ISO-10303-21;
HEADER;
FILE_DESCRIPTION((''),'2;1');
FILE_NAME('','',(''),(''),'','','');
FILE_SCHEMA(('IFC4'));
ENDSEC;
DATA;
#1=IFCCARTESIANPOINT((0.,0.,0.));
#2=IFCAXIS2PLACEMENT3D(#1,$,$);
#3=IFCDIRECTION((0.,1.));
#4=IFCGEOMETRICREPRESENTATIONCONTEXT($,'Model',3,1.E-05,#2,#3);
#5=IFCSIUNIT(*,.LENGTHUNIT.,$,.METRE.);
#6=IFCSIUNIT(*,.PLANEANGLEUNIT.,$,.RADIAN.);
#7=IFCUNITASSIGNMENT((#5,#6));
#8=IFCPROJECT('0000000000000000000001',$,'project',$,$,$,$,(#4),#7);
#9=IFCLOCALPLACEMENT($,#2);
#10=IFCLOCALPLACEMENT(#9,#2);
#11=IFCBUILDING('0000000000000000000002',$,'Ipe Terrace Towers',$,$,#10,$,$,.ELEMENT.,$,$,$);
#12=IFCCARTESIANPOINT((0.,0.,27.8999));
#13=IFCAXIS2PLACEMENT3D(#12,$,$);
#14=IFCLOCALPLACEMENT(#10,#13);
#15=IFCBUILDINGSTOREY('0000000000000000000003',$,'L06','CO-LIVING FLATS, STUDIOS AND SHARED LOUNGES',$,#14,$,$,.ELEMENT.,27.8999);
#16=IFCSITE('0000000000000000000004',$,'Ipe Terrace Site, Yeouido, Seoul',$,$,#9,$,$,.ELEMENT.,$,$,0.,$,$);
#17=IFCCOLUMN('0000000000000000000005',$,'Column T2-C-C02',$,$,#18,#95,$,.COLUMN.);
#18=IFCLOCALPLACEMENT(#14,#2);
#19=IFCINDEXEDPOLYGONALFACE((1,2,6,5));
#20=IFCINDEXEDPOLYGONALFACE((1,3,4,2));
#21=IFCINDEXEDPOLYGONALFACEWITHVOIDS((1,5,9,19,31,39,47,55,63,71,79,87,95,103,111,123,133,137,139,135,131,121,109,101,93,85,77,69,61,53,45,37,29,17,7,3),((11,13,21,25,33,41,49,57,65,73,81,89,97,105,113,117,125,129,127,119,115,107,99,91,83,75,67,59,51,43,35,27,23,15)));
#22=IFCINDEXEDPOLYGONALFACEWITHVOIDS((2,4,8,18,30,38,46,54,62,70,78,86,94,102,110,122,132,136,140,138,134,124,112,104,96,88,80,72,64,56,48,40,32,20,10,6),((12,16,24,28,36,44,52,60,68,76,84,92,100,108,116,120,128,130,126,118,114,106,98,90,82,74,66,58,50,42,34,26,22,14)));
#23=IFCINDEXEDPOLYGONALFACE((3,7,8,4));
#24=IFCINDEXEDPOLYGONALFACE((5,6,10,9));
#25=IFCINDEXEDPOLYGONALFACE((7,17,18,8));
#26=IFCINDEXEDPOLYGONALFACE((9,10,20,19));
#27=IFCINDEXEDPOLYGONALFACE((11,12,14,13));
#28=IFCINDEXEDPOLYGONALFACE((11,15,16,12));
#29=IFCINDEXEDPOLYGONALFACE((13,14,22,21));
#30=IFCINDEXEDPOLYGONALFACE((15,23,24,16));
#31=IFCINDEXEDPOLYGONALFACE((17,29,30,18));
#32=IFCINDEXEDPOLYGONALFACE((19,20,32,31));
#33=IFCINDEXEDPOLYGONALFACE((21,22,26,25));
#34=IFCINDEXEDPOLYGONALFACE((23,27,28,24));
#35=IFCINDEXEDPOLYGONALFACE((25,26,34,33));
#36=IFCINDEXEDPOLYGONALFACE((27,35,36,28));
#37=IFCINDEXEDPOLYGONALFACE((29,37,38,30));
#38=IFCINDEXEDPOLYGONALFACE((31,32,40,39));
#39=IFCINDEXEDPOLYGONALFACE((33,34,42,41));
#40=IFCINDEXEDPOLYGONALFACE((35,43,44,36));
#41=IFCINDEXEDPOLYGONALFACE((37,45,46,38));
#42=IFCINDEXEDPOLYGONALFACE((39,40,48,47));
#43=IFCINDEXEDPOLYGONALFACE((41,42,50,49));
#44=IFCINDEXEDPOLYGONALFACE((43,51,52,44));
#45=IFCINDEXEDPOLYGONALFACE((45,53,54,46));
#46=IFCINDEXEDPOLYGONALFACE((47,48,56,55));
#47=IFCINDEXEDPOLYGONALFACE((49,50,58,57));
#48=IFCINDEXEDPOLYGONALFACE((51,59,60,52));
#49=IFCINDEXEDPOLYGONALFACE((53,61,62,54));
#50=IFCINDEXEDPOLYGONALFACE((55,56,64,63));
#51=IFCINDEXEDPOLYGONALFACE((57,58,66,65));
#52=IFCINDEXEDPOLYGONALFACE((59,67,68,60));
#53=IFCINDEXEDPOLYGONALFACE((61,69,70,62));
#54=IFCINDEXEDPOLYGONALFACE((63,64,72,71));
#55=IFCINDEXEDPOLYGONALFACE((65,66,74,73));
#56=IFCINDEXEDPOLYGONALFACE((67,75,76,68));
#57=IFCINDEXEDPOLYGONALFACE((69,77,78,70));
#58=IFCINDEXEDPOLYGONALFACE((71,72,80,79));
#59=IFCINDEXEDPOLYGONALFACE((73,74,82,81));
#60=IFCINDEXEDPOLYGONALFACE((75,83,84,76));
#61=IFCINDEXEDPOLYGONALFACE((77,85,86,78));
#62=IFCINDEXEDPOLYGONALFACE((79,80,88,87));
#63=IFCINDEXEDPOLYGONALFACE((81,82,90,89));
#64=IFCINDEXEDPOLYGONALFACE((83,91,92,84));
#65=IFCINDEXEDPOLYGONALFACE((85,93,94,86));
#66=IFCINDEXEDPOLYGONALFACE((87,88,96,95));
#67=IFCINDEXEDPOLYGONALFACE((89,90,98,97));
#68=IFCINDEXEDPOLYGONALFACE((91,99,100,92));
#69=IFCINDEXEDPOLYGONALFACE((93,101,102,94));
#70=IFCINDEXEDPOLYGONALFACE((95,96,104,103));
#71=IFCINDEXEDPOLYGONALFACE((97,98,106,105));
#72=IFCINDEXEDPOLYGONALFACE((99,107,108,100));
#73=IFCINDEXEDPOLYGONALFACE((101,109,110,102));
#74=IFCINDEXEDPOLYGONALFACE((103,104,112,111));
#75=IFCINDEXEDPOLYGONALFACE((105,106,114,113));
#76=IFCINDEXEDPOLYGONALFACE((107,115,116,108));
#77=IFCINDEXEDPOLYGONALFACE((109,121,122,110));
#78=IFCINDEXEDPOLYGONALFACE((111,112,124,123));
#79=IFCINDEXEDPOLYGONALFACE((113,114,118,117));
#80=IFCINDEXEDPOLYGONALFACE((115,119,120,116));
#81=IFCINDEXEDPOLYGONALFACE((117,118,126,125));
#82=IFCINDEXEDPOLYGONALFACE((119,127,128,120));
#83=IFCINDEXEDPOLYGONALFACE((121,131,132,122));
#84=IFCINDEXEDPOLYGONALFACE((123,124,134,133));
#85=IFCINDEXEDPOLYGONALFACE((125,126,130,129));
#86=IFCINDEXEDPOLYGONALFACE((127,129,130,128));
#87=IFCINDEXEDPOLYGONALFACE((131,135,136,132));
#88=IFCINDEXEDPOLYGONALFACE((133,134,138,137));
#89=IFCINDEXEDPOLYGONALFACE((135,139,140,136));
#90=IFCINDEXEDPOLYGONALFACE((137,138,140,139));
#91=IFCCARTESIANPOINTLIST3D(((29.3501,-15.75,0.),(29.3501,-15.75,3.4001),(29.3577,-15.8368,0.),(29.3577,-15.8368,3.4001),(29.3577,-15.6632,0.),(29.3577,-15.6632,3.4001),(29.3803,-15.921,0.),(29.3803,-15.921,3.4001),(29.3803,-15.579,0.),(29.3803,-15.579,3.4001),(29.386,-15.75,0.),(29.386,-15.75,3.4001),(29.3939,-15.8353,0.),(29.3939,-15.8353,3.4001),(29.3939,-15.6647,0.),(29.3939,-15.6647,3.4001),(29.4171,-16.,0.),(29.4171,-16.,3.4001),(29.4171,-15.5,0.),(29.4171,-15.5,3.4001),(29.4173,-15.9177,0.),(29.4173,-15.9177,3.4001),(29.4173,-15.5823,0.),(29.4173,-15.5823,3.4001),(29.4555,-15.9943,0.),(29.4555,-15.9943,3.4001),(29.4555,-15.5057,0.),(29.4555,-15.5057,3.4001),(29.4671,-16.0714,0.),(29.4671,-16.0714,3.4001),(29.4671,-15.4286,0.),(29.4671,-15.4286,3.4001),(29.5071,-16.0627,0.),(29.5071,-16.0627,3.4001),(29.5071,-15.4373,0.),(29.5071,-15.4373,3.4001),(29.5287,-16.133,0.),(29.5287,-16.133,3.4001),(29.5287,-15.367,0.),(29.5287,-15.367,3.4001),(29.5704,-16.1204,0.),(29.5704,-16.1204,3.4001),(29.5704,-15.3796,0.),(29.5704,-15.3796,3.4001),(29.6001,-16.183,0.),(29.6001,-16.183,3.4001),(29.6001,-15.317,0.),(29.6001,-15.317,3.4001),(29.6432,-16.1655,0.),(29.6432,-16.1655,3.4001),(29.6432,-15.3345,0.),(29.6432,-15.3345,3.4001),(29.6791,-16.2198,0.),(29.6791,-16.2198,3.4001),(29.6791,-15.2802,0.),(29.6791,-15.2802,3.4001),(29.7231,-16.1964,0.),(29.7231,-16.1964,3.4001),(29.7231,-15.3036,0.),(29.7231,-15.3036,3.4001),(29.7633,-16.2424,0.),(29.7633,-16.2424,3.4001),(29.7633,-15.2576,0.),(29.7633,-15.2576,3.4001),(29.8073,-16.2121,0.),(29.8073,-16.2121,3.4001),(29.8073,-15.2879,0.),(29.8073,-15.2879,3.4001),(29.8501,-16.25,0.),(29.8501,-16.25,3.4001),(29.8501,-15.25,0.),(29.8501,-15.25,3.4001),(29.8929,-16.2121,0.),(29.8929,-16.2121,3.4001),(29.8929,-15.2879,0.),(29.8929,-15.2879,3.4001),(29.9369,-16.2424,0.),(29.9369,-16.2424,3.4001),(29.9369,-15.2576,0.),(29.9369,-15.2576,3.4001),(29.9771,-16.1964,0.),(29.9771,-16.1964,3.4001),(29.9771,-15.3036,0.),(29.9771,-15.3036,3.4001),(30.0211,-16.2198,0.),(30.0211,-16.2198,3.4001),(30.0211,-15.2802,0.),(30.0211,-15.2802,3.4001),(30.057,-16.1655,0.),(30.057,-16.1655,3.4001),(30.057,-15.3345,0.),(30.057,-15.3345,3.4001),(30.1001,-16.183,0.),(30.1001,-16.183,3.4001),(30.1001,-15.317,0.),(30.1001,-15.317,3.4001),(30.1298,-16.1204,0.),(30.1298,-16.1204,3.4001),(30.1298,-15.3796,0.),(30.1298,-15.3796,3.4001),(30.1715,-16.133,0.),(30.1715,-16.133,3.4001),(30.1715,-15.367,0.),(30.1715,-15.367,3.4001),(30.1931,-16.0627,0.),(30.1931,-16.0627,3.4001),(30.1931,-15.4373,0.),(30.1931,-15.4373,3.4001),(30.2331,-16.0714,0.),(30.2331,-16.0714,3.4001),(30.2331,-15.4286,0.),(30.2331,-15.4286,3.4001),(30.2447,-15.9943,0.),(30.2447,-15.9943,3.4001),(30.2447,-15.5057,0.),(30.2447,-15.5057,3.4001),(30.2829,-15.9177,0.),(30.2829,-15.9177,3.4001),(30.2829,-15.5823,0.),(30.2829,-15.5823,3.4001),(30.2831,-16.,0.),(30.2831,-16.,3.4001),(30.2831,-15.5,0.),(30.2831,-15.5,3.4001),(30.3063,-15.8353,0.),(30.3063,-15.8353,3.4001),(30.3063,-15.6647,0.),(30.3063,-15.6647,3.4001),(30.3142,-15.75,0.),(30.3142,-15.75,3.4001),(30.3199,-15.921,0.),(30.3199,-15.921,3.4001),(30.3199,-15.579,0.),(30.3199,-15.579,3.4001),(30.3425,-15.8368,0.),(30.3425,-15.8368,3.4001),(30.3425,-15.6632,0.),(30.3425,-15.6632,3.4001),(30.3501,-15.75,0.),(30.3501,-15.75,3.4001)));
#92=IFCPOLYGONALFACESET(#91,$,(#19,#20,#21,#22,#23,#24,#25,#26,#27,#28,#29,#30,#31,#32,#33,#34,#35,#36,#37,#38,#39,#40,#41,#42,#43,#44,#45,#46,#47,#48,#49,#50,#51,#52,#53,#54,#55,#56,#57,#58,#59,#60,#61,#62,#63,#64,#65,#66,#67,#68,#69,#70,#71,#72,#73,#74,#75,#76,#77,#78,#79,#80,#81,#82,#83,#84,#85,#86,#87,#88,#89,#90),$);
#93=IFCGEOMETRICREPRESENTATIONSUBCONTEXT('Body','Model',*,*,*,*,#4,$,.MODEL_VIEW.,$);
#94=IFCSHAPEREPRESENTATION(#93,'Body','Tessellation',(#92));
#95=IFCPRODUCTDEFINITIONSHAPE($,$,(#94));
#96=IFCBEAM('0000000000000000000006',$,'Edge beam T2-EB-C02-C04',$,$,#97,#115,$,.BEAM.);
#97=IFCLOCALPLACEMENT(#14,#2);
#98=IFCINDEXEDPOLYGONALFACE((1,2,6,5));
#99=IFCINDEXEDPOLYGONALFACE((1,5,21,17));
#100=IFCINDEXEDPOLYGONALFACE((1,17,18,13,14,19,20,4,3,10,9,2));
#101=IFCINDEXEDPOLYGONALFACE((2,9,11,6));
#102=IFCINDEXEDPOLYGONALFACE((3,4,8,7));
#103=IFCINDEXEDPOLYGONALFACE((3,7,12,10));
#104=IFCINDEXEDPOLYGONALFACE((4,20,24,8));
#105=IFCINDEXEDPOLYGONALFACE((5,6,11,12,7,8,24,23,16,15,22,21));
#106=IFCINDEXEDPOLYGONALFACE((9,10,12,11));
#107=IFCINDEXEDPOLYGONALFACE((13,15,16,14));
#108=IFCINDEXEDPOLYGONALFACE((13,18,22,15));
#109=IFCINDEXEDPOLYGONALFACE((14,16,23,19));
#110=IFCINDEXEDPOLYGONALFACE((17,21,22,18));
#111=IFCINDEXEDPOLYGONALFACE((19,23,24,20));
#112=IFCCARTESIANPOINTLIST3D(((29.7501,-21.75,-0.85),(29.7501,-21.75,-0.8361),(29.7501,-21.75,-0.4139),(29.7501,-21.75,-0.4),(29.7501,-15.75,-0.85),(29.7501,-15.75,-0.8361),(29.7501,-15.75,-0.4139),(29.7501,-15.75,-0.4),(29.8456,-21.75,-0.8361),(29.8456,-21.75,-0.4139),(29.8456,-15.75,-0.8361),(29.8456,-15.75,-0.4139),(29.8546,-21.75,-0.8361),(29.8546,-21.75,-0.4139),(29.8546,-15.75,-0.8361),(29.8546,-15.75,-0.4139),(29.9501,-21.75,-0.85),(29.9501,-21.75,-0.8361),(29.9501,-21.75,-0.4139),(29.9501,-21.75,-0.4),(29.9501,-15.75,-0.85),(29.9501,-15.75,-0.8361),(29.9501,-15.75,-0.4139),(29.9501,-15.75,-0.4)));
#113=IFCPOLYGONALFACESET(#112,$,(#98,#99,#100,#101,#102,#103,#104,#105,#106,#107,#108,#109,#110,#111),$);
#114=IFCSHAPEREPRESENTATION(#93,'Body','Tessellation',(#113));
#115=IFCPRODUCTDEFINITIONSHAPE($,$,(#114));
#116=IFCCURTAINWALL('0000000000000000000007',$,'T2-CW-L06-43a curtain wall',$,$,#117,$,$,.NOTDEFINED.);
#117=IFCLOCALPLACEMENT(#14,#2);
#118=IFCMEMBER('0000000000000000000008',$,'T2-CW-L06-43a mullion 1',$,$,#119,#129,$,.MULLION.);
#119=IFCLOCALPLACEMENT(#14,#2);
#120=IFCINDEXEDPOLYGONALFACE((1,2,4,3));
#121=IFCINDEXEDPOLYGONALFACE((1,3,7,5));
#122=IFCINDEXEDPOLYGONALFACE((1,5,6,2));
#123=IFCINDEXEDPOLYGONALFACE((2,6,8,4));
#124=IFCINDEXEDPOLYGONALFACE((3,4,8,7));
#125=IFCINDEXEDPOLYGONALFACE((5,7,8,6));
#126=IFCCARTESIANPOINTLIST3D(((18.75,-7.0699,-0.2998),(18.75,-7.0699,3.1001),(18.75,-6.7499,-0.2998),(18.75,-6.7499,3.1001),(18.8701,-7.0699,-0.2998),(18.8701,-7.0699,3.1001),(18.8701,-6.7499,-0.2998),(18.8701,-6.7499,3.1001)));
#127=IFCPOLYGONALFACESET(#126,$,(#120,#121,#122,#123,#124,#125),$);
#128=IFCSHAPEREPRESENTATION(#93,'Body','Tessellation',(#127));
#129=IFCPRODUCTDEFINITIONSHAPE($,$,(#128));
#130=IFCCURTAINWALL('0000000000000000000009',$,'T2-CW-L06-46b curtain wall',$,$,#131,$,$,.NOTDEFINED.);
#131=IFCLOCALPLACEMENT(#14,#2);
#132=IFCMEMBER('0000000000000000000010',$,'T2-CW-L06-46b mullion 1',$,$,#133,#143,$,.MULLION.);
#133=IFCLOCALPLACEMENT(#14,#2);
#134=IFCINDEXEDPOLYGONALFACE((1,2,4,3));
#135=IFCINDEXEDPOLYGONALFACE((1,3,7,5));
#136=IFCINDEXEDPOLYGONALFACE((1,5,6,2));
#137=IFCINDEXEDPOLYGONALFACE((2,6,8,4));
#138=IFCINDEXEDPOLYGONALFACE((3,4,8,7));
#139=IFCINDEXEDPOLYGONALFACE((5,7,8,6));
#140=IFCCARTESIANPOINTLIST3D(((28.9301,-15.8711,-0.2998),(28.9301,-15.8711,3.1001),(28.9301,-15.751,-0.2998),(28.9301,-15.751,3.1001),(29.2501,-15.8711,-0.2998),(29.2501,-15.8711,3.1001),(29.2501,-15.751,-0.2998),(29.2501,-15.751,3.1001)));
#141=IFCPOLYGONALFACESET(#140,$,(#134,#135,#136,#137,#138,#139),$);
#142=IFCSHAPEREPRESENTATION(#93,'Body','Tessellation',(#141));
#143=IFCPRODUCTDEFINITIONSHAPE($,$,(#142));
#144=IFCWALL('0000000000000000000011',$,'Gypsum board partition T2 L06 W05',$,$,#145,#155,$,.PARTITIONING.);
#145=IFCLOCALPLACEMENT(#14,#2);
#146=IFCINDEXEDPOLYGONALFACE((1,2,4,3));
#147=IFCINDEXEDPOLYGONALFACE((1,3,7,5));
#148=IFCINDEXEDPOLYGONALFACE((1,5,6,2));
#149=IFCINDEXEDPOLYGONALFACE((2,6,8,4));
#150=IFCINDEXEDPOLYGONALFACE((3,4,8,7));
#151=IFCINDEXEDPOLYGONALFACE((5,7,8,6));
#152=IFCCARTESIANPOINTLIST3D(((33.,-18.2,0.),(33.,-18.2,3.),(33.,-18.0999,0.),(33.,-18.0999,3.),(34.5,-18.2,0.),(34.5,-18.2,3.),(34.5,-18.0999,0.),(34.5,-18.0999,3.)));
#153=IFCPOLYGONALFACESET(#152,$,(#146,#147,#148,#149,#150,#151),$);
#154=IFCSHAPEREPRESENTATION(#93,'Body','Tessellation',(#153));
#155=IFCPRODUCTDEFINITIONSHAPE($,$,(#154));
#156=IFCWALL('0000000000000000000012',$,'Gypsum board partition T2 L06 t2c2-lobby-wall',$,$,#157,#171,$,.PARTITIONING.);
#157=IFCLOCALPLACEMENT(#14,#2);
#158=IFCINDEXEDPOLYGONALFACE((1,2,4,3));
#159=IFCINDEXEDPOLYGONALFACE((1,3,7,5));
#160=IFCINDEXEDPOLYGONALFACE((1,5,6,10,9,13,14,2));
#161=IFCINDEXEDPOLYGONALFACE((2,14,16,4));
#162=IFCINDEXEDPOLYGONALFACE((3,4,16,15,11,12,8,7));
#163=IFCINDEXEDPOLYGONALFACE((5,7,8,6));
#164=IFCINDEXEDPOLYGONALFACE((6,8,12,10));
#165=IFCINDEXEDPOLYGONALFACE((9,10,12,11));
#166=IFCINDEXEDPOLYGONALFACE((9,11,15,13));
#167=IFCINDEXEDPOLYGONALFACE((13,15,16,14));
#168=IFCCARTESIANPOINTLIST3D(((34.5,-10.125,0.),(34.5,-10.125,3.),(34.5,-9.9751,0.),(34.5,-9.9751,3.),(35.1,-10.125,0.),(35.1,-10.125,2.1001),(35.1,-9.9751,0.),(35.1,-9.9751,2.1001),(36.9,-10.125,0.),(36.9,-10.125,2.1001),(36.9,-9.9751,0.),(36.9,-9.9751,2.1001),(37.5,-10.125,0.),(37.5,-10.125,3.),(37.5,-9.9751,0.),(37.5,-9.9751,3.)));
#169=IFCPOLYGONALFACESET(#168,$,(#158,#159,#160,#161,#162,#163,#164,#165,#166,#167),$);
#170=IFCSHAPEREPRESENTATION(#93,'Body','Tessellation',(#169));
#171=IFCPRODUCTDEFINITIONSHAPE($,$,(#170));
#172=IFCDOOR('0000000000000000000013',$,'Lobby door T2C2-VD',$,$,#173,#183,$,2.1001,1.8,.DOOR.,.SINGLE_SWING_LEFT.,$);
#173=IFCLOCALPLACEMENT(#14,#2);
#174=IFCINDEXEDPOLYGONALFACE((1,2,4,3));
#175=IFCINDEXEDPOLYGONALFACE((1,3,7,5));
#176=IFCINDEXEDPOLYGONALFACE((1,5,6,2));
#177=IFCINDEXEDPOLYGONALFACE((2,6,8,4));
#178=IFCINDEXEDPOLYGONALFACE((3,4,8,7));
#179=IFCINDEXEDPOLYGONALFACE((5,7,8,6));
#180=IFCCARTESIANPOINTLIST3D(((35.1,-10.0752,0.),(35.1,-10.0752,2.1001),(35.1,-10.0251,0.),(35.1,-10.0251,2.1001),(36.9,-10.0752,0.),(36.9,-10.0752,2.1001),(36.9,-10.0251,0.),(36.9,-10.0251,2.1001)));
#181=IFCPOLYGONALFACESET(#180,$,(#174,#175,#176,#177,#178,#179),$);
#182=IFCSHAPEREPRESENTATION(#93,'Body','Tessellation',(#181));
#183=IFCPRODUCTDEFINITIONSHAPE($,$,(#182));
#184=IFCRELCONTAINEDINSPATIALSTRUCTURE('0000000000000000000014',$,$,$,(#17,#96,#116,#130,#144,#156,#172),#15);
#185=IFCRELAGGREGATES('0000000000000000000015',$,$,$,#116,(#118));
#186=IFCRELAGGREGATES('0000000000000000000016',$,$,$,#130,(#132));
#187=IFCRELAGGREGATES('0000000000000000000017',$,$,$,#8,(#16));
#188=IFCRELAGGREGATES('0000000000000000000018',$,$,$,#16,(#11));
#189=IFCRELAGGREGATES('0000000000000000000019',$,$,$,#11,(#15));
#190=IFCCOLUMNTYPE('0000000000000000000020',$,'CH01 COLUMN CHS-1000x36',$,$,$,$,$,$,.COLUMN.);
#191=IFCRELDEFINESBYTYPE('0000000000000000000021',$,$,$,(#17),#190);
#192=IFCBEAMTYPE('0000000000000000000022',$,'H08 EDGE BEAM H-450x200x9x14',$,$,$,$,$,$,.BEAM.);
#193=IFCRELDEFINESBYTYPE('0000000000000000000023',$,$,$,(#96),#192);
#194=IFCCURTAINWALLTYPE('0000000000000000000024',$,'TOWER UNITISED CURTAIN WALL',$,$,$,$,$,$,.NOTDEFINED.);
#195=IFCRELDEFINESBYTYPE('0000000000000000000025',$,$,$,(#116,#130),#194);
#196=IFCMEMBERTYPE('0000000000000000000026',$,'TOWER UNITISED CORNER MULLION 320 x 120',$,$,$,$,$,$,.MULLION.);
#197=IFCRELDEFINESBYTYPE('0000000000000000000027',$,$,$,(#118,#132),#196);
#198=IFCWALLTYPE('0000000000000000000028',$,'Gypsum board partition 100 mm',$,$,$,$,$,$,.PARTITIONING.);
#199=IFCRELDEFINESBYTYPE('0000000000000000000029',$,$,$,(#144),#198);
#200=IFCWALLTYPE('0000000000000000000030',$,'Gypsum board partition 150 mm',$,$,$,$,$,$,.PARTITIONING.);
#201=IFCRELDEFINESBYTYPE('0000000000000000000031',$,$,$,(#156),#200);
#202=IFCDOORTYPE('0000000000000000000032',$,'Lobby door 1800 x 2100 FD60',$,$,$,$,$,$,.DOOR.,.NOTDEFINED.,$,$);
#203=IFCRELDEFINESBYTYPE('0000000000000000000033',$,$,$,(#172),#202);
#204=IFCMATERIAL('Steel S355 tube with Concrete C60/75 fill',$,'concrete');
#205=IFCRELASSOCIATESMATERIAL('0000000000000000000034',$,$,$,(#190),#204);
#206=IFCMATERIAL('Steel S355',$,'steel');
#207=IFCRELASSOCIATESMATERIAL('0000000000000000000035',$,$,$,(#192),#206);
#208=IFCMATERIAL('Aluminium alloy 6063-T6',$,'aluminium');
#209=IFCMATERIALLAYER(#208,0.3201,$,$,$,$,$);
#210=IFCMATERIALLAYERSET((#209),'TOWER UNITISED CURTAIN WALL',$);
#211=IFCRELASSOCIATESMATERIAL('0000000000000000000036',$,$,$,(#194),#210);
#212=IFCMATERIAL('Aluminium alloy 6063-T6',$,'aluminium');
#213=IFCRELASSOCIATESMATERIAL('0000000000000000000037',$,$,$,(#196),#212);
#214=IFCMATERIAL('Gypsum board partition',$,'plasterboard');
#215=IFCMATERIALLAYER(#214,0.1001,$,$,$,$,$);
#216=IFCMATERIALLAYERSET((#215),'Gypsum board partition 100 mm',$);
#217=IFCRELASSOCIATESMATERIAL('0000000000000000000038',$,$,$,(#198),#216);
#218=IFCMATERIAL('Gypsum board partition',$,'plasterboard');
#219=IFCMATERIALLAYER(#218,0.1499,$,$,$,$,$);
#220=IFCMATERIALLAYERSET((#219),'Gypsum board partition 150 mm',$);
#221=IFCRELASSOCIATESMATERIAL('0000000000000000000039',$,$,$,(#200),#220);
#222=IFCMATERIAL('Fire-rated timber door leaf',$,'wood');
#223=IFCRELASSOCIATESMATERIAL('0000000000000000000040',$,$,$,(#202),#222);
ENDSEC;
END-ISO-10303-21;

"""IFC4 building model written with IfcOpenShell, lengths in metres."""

from ifc_helpers import new_model, si_unit, direction, frame, frame_2d, origin, origin_2d, place, context, subcontext, project, spatial, rectangle, hollow_circle, i_section, extrude, material, layer, layer_set, material_profile, profile_set, type_object, element, fill, aggregate, save


model = new_model("IFC4")

# Units and contexts
model_context = context("Model", 3, precision=1e-05, world=origin(), true_north=direction((0.0, 1.0)))
body_context = subcontext(model_context, "Body", "Model", "MODEL_VIEW")
ifc_project = project(units=[si_unit("LENGTHUNIT", "METRE"), si_unit("PLANEANGLEUNIT", "RADIAN")], contexts=[model_context])

# Site, building, storey
site_placement = place(None, origin())
site = spatial("IfcSite", under=ifc_project, at=site_placement, Name="Ipe Terrace Site, Yeouido, Seoul", CompositionType="ELEMENT", RefElevation=0.0)
building_placement = place(site_placement, origin())
building = spatial("IfcBuilding", under=site, at=building_placement, Name="Ipe Terrace Towers", CompositionType="ELEMENT")
storey_placement = place(building_placement, frame((0.0, 0.0, 27.8999)))
storey = spatial("IfcBuildingStorey", under=building, at=storey_placement, Name="L06", Description="CO-LIVING FLATS, STUDIOS AND SHARED LOUNGES", CompositionType="ELEMENT", Elevation=27.8999)

# Column
ifc_material_1 = material(Name="Steel S355 tube with Concrete C60/75 fill", Category="concrete")
ifc_material_profile_1 = material_profile(ifc_material_1, hollow_circle(Radius=0.5, WallThickness=0.0359, at=origin_2d()), Name="CHS-1000x36")
ifc_profile_set_1 = profile_set([ifc_material_profile_1], Name="Steel S355 tube with Concrete C60/75 fill")
column_type = type_object("IfcColumnType", Name="CH01 COLUMN CHS-1000x36", PredefinedType="COLUMN", material=ifc_profile_set_1)
column_placement = place(storey_placement, frame((29.8501, -15.75, 0.0), z_axis=(0.0, 0.0, 1.0), x_axis=(1.0, 0.0, 0.0)))
element("IfcColumn", 1, at=column_placement, inside=storey, type_object=column_type, Name="Column T2-C-C02", PredefinedType="COLUMN", context=body_context, shape_type="SweptSolid", body=[
    extrude(hollow_circle(Radius=0.5, WallThickness=0.0359, at=origin_2d()), origin(), (0.0, 0.0, 1.0), 3.4001),
])

# Beam
ifc_material_2 = material(Name="Steel S355", Category="steel")
ifc_material_profile_2 = material_profile(ifc_material_2, i_section(OverallWidth=0.2, OverallDepth=0.45, WebThickness=0.009, FlangeThickness=0.0139, at=origin_2d()), Name="H-450x200x9x14")
ifc_profile_set_2 = profile_set([ifc_material_profile_2], Name="Steel S355")
beam_type = type_object("IfcBeamType", Name="H08 EDGE BEAM H-450x200x9x14", PredefinedType="BEAM", material=ifc_profile_set_2)
beam_placement = place(storey_placement, frame((29.8501, -15.75, -0.625), z_axis=(0.0, -1.0, 0.0), x_axis=(1.0, 0.0, 0.0)))
element("IfcBeam", 2, at=beam_placement, inside=storey, type_object=beam_type, Name="Edge beam T2-EB-C02-C04", PredefinedType="BEAM", context=body_context, shape_type="SweptSolid", body=[
    extrude(i_section(OverallWidth=0.2, OverallDepth=0.45, WebThickness=0.009, FlangeThickness=0.0139, at=origin_2d()), origin(), (0.0, 0.0, 1.0), 6.0),
])

# Curtain walls, members
ifc_material_3 = material(Name="Aluminium alloy 6063-T6", Category="aluminium")
ifc_layer_1 = layer(ifc_material_3, 0.3201)
ifc_layer_set_1 = layer_set([ifc_layer_1], Name="TOWER UNITISED CURTAIN WALL")
curtain_wall_type = type_object("IfcCurtainWallType", Name="TOWER UNITISED CURTAIN WALL", PredefinedType="NOTDEFINED", material=ifc_layer_set_1)
curtain_wall_1_placement = place(storey_placement, origin())
curtain_wall_1 = element("IfcCurtainWall", 3, at=curtain_wall_1_placement, inside=storey, type_object=curtain_wall_type, Name="T2-CW-L06-43a curtain wall", PredefinedType="NOTDEFINED")
ifc_material_4 = material(Name="Aluminium alloy 6063-T6", Category="aluminium")
ifc_material_profile_3 = material_profile(ifc_material_4, rectangle(XDim=0.3201, YDim=0.1201, at=origin_2d()), Name="TOWER UNITISED CORNER MULLION 320 x 120")
ifc_profile_set_3 = profile_set([ifc_material_profile_3], Name="Aluminium alloy 6063-T6")
member_type = type_object("IfcMemberType", Name="TOWER UNITISED CORNER MULLION 320 x 120", PredefinedType="MULLION", material=ifc_profile_set_3)
member_1_placement = place(storey_placement, frame((18.8101, -6.9099, -0.2998), z_axis=(0.0, 0.0, 1.0), x_axis=(0.0, -1.0, 0.0)))
member_1 = element("IfcMember", 4, at=member_1_placement, type_object=member_type, Name="T2-CW-L06-43a mullion 1", PredefinedType="MULLION", context=body_context, shape_type="SweptSolid", body=[
    extrude(rectangle(XDim=0.3201, YDim=0.1201, at=origin_2d()), origin(), (0.0, 0.0, 1.0), 3.3999),
])
aggregate(curtain_wall_1, [member_1])
curtain_wall_2_placement = place(storey_placement, origin())
curtain_wall_2 = element("IfcCurtainWall", 5, at=curtain_wall_2_placement, inside=storey, type_object=curtain_wall_type, Name="T2-CW-L06-46b curtain wall", PredefinedType="NOTDEFINED")
member_2_placement = place(storey_placement, frame((29.0901, -15.811, -0.2998), z_axis=(0.0, 0.0, 1.0), x_axis=(-1.0, 0.0, 0.0)))
member_2 = element("IfcMember", 6, at=member_2_placement, type_object=member_type, Name="T2-CW-L06-46b mullion 1", PredefinedType="MULLION", context=body_context, shape_type="SweptSolid", body=[
    extrude(rectangle(XDim=0.3201, YDim=0.1201, at=origin_2d()), origin(), (0.0, 0.0, 1.0), 3.3999),
])
aggregate(curtain_wall_2, [member_2])

# Wall
ifc_material_5 = material(Name="Gypsum board partition", Category="plasterboard")
ifc_layer_2 = layer(ifc_material_5, 0.1001)
ifc_layer_set_2 = layer_set([ifc_layer_2], Name="Gypsum board partition 100 mm")
wall_type_1 = type_object("IfcWallType", Name="Gypsum board partition 100 mm", PredefinedType="PARTITIONING", material=ifc_layer_set_2)
wall_1_placement = place(storey_placement, frame((34.5, -18.1499, 0.0), z_axis=(0.0, 0.0, 1.0), x_axis=(-1.0, 0.0, 0.0)))
element("IfcWall", 7, at=wall_1_placement, inside=storey, type_object=wall_type_1, Name="Gypsum board partition T2 L06 W05", PredefinedType="PARTITIONING", context=body_context, shape_type="SweptSolid", body=[
    extrude(rectangle(XDim=1.5, YDim=0.1001, at=frame_2d((0.75, 0.0))), origin(), (0.0, 0.0, 1.0), 3.0),
])

# Wall, opening, door
ifc_material_6 = material(Name="Gypsum board partition", Category="plasterboard")
ifc_layer_3 = layer(ifc_material_6, 0.1499)
ifc_layer_set_3 = layer_set([ifc_layer_3], Name="Gypsum board partition 150 mm")
wall_type_2 = type_object("IfcWallType", Name="Gypsum board partition 150 mm", PredefinedType="PARTITIONING", material=ifc_layer_set_3)
wall_2_placement = place(storey_placement, frame((34.5, -10.05, 0.0), z_axis=(0.0, 0.0, 1.0), x_axis=(1.0, 0.0, 0.0)))
wall_2 = element("IfcWall", 8, at=wall_2_placement, inside=storey, type_object=wall_type_2, Name="Gypsum board partition T2 L06 t2c2-lobby-wall", PredefinedType="PARTITIONING", context=body_context, shape_type="SweptSolid", body=[
    extrude(rectangle(XDim=3.0, YDim=0.1499, at=frame_2d((1.5, 0.0))), origin(), (0.0, 0.0, 1.0), 3.0),
])
opening_1_placement = place(wall_2_placement, frame((0.6001, 0.0, 0.0)))
opening_1 = element("IfcOpeningElement", 9, at=opening_1_placement, cuts=wall_2, PredefinedType="OPENING", context=body_context, shape_type="SweptSolid", body=[
    extrude(rectangle(XDim=1.8, YDim=2.1001, at=frame_2d((0.8999, 1.05))), frame((0.0, 0.085, 0.0), z_axis=(0.0, -1.0, 0.0), x_axis=(1.0, 0.0, 0.0)), (0.0, 0.0, 1.0), 0.1699),
])
ifc_material_7 = material(Name="Fire-rated timber door leaf", Category="wood")
door_type_1 = type_object("IfcDoorType", Name="Lobby door 1800 x 2100 FD60", OperationType="NOTDEFINED", PredefinedType="DOOR", material=ifc_material_7)
door_1_placement = place(opening_1_placement, origin())
door_1 = element("IfcDoor", 10, at=door_1_placement, inside=storey, type_object=door_type_1, Name="Lobby door T2C2-VD", OperationType="SINGLE_SWING_LEFT", OverallHeight=2.1001, OverallWidth=1.8, PredefinedType="DOOR", context=body_context, shape_type="SweptSolid", body=[
    extrude(rectangle(XDim=1.8, YDim=2.1001, at=frame_2d((0.8999, 1.05))), frame((0.0, 0.0249, 0.0), z_axis=(0.0, -1.0, 0.0), x_axis=(1.0, 0.0, 0.0)), (0.0, 0.0, 1.0), 0.05),
])
fill(opening_1, door_1)

save(model, "model.ifc")
